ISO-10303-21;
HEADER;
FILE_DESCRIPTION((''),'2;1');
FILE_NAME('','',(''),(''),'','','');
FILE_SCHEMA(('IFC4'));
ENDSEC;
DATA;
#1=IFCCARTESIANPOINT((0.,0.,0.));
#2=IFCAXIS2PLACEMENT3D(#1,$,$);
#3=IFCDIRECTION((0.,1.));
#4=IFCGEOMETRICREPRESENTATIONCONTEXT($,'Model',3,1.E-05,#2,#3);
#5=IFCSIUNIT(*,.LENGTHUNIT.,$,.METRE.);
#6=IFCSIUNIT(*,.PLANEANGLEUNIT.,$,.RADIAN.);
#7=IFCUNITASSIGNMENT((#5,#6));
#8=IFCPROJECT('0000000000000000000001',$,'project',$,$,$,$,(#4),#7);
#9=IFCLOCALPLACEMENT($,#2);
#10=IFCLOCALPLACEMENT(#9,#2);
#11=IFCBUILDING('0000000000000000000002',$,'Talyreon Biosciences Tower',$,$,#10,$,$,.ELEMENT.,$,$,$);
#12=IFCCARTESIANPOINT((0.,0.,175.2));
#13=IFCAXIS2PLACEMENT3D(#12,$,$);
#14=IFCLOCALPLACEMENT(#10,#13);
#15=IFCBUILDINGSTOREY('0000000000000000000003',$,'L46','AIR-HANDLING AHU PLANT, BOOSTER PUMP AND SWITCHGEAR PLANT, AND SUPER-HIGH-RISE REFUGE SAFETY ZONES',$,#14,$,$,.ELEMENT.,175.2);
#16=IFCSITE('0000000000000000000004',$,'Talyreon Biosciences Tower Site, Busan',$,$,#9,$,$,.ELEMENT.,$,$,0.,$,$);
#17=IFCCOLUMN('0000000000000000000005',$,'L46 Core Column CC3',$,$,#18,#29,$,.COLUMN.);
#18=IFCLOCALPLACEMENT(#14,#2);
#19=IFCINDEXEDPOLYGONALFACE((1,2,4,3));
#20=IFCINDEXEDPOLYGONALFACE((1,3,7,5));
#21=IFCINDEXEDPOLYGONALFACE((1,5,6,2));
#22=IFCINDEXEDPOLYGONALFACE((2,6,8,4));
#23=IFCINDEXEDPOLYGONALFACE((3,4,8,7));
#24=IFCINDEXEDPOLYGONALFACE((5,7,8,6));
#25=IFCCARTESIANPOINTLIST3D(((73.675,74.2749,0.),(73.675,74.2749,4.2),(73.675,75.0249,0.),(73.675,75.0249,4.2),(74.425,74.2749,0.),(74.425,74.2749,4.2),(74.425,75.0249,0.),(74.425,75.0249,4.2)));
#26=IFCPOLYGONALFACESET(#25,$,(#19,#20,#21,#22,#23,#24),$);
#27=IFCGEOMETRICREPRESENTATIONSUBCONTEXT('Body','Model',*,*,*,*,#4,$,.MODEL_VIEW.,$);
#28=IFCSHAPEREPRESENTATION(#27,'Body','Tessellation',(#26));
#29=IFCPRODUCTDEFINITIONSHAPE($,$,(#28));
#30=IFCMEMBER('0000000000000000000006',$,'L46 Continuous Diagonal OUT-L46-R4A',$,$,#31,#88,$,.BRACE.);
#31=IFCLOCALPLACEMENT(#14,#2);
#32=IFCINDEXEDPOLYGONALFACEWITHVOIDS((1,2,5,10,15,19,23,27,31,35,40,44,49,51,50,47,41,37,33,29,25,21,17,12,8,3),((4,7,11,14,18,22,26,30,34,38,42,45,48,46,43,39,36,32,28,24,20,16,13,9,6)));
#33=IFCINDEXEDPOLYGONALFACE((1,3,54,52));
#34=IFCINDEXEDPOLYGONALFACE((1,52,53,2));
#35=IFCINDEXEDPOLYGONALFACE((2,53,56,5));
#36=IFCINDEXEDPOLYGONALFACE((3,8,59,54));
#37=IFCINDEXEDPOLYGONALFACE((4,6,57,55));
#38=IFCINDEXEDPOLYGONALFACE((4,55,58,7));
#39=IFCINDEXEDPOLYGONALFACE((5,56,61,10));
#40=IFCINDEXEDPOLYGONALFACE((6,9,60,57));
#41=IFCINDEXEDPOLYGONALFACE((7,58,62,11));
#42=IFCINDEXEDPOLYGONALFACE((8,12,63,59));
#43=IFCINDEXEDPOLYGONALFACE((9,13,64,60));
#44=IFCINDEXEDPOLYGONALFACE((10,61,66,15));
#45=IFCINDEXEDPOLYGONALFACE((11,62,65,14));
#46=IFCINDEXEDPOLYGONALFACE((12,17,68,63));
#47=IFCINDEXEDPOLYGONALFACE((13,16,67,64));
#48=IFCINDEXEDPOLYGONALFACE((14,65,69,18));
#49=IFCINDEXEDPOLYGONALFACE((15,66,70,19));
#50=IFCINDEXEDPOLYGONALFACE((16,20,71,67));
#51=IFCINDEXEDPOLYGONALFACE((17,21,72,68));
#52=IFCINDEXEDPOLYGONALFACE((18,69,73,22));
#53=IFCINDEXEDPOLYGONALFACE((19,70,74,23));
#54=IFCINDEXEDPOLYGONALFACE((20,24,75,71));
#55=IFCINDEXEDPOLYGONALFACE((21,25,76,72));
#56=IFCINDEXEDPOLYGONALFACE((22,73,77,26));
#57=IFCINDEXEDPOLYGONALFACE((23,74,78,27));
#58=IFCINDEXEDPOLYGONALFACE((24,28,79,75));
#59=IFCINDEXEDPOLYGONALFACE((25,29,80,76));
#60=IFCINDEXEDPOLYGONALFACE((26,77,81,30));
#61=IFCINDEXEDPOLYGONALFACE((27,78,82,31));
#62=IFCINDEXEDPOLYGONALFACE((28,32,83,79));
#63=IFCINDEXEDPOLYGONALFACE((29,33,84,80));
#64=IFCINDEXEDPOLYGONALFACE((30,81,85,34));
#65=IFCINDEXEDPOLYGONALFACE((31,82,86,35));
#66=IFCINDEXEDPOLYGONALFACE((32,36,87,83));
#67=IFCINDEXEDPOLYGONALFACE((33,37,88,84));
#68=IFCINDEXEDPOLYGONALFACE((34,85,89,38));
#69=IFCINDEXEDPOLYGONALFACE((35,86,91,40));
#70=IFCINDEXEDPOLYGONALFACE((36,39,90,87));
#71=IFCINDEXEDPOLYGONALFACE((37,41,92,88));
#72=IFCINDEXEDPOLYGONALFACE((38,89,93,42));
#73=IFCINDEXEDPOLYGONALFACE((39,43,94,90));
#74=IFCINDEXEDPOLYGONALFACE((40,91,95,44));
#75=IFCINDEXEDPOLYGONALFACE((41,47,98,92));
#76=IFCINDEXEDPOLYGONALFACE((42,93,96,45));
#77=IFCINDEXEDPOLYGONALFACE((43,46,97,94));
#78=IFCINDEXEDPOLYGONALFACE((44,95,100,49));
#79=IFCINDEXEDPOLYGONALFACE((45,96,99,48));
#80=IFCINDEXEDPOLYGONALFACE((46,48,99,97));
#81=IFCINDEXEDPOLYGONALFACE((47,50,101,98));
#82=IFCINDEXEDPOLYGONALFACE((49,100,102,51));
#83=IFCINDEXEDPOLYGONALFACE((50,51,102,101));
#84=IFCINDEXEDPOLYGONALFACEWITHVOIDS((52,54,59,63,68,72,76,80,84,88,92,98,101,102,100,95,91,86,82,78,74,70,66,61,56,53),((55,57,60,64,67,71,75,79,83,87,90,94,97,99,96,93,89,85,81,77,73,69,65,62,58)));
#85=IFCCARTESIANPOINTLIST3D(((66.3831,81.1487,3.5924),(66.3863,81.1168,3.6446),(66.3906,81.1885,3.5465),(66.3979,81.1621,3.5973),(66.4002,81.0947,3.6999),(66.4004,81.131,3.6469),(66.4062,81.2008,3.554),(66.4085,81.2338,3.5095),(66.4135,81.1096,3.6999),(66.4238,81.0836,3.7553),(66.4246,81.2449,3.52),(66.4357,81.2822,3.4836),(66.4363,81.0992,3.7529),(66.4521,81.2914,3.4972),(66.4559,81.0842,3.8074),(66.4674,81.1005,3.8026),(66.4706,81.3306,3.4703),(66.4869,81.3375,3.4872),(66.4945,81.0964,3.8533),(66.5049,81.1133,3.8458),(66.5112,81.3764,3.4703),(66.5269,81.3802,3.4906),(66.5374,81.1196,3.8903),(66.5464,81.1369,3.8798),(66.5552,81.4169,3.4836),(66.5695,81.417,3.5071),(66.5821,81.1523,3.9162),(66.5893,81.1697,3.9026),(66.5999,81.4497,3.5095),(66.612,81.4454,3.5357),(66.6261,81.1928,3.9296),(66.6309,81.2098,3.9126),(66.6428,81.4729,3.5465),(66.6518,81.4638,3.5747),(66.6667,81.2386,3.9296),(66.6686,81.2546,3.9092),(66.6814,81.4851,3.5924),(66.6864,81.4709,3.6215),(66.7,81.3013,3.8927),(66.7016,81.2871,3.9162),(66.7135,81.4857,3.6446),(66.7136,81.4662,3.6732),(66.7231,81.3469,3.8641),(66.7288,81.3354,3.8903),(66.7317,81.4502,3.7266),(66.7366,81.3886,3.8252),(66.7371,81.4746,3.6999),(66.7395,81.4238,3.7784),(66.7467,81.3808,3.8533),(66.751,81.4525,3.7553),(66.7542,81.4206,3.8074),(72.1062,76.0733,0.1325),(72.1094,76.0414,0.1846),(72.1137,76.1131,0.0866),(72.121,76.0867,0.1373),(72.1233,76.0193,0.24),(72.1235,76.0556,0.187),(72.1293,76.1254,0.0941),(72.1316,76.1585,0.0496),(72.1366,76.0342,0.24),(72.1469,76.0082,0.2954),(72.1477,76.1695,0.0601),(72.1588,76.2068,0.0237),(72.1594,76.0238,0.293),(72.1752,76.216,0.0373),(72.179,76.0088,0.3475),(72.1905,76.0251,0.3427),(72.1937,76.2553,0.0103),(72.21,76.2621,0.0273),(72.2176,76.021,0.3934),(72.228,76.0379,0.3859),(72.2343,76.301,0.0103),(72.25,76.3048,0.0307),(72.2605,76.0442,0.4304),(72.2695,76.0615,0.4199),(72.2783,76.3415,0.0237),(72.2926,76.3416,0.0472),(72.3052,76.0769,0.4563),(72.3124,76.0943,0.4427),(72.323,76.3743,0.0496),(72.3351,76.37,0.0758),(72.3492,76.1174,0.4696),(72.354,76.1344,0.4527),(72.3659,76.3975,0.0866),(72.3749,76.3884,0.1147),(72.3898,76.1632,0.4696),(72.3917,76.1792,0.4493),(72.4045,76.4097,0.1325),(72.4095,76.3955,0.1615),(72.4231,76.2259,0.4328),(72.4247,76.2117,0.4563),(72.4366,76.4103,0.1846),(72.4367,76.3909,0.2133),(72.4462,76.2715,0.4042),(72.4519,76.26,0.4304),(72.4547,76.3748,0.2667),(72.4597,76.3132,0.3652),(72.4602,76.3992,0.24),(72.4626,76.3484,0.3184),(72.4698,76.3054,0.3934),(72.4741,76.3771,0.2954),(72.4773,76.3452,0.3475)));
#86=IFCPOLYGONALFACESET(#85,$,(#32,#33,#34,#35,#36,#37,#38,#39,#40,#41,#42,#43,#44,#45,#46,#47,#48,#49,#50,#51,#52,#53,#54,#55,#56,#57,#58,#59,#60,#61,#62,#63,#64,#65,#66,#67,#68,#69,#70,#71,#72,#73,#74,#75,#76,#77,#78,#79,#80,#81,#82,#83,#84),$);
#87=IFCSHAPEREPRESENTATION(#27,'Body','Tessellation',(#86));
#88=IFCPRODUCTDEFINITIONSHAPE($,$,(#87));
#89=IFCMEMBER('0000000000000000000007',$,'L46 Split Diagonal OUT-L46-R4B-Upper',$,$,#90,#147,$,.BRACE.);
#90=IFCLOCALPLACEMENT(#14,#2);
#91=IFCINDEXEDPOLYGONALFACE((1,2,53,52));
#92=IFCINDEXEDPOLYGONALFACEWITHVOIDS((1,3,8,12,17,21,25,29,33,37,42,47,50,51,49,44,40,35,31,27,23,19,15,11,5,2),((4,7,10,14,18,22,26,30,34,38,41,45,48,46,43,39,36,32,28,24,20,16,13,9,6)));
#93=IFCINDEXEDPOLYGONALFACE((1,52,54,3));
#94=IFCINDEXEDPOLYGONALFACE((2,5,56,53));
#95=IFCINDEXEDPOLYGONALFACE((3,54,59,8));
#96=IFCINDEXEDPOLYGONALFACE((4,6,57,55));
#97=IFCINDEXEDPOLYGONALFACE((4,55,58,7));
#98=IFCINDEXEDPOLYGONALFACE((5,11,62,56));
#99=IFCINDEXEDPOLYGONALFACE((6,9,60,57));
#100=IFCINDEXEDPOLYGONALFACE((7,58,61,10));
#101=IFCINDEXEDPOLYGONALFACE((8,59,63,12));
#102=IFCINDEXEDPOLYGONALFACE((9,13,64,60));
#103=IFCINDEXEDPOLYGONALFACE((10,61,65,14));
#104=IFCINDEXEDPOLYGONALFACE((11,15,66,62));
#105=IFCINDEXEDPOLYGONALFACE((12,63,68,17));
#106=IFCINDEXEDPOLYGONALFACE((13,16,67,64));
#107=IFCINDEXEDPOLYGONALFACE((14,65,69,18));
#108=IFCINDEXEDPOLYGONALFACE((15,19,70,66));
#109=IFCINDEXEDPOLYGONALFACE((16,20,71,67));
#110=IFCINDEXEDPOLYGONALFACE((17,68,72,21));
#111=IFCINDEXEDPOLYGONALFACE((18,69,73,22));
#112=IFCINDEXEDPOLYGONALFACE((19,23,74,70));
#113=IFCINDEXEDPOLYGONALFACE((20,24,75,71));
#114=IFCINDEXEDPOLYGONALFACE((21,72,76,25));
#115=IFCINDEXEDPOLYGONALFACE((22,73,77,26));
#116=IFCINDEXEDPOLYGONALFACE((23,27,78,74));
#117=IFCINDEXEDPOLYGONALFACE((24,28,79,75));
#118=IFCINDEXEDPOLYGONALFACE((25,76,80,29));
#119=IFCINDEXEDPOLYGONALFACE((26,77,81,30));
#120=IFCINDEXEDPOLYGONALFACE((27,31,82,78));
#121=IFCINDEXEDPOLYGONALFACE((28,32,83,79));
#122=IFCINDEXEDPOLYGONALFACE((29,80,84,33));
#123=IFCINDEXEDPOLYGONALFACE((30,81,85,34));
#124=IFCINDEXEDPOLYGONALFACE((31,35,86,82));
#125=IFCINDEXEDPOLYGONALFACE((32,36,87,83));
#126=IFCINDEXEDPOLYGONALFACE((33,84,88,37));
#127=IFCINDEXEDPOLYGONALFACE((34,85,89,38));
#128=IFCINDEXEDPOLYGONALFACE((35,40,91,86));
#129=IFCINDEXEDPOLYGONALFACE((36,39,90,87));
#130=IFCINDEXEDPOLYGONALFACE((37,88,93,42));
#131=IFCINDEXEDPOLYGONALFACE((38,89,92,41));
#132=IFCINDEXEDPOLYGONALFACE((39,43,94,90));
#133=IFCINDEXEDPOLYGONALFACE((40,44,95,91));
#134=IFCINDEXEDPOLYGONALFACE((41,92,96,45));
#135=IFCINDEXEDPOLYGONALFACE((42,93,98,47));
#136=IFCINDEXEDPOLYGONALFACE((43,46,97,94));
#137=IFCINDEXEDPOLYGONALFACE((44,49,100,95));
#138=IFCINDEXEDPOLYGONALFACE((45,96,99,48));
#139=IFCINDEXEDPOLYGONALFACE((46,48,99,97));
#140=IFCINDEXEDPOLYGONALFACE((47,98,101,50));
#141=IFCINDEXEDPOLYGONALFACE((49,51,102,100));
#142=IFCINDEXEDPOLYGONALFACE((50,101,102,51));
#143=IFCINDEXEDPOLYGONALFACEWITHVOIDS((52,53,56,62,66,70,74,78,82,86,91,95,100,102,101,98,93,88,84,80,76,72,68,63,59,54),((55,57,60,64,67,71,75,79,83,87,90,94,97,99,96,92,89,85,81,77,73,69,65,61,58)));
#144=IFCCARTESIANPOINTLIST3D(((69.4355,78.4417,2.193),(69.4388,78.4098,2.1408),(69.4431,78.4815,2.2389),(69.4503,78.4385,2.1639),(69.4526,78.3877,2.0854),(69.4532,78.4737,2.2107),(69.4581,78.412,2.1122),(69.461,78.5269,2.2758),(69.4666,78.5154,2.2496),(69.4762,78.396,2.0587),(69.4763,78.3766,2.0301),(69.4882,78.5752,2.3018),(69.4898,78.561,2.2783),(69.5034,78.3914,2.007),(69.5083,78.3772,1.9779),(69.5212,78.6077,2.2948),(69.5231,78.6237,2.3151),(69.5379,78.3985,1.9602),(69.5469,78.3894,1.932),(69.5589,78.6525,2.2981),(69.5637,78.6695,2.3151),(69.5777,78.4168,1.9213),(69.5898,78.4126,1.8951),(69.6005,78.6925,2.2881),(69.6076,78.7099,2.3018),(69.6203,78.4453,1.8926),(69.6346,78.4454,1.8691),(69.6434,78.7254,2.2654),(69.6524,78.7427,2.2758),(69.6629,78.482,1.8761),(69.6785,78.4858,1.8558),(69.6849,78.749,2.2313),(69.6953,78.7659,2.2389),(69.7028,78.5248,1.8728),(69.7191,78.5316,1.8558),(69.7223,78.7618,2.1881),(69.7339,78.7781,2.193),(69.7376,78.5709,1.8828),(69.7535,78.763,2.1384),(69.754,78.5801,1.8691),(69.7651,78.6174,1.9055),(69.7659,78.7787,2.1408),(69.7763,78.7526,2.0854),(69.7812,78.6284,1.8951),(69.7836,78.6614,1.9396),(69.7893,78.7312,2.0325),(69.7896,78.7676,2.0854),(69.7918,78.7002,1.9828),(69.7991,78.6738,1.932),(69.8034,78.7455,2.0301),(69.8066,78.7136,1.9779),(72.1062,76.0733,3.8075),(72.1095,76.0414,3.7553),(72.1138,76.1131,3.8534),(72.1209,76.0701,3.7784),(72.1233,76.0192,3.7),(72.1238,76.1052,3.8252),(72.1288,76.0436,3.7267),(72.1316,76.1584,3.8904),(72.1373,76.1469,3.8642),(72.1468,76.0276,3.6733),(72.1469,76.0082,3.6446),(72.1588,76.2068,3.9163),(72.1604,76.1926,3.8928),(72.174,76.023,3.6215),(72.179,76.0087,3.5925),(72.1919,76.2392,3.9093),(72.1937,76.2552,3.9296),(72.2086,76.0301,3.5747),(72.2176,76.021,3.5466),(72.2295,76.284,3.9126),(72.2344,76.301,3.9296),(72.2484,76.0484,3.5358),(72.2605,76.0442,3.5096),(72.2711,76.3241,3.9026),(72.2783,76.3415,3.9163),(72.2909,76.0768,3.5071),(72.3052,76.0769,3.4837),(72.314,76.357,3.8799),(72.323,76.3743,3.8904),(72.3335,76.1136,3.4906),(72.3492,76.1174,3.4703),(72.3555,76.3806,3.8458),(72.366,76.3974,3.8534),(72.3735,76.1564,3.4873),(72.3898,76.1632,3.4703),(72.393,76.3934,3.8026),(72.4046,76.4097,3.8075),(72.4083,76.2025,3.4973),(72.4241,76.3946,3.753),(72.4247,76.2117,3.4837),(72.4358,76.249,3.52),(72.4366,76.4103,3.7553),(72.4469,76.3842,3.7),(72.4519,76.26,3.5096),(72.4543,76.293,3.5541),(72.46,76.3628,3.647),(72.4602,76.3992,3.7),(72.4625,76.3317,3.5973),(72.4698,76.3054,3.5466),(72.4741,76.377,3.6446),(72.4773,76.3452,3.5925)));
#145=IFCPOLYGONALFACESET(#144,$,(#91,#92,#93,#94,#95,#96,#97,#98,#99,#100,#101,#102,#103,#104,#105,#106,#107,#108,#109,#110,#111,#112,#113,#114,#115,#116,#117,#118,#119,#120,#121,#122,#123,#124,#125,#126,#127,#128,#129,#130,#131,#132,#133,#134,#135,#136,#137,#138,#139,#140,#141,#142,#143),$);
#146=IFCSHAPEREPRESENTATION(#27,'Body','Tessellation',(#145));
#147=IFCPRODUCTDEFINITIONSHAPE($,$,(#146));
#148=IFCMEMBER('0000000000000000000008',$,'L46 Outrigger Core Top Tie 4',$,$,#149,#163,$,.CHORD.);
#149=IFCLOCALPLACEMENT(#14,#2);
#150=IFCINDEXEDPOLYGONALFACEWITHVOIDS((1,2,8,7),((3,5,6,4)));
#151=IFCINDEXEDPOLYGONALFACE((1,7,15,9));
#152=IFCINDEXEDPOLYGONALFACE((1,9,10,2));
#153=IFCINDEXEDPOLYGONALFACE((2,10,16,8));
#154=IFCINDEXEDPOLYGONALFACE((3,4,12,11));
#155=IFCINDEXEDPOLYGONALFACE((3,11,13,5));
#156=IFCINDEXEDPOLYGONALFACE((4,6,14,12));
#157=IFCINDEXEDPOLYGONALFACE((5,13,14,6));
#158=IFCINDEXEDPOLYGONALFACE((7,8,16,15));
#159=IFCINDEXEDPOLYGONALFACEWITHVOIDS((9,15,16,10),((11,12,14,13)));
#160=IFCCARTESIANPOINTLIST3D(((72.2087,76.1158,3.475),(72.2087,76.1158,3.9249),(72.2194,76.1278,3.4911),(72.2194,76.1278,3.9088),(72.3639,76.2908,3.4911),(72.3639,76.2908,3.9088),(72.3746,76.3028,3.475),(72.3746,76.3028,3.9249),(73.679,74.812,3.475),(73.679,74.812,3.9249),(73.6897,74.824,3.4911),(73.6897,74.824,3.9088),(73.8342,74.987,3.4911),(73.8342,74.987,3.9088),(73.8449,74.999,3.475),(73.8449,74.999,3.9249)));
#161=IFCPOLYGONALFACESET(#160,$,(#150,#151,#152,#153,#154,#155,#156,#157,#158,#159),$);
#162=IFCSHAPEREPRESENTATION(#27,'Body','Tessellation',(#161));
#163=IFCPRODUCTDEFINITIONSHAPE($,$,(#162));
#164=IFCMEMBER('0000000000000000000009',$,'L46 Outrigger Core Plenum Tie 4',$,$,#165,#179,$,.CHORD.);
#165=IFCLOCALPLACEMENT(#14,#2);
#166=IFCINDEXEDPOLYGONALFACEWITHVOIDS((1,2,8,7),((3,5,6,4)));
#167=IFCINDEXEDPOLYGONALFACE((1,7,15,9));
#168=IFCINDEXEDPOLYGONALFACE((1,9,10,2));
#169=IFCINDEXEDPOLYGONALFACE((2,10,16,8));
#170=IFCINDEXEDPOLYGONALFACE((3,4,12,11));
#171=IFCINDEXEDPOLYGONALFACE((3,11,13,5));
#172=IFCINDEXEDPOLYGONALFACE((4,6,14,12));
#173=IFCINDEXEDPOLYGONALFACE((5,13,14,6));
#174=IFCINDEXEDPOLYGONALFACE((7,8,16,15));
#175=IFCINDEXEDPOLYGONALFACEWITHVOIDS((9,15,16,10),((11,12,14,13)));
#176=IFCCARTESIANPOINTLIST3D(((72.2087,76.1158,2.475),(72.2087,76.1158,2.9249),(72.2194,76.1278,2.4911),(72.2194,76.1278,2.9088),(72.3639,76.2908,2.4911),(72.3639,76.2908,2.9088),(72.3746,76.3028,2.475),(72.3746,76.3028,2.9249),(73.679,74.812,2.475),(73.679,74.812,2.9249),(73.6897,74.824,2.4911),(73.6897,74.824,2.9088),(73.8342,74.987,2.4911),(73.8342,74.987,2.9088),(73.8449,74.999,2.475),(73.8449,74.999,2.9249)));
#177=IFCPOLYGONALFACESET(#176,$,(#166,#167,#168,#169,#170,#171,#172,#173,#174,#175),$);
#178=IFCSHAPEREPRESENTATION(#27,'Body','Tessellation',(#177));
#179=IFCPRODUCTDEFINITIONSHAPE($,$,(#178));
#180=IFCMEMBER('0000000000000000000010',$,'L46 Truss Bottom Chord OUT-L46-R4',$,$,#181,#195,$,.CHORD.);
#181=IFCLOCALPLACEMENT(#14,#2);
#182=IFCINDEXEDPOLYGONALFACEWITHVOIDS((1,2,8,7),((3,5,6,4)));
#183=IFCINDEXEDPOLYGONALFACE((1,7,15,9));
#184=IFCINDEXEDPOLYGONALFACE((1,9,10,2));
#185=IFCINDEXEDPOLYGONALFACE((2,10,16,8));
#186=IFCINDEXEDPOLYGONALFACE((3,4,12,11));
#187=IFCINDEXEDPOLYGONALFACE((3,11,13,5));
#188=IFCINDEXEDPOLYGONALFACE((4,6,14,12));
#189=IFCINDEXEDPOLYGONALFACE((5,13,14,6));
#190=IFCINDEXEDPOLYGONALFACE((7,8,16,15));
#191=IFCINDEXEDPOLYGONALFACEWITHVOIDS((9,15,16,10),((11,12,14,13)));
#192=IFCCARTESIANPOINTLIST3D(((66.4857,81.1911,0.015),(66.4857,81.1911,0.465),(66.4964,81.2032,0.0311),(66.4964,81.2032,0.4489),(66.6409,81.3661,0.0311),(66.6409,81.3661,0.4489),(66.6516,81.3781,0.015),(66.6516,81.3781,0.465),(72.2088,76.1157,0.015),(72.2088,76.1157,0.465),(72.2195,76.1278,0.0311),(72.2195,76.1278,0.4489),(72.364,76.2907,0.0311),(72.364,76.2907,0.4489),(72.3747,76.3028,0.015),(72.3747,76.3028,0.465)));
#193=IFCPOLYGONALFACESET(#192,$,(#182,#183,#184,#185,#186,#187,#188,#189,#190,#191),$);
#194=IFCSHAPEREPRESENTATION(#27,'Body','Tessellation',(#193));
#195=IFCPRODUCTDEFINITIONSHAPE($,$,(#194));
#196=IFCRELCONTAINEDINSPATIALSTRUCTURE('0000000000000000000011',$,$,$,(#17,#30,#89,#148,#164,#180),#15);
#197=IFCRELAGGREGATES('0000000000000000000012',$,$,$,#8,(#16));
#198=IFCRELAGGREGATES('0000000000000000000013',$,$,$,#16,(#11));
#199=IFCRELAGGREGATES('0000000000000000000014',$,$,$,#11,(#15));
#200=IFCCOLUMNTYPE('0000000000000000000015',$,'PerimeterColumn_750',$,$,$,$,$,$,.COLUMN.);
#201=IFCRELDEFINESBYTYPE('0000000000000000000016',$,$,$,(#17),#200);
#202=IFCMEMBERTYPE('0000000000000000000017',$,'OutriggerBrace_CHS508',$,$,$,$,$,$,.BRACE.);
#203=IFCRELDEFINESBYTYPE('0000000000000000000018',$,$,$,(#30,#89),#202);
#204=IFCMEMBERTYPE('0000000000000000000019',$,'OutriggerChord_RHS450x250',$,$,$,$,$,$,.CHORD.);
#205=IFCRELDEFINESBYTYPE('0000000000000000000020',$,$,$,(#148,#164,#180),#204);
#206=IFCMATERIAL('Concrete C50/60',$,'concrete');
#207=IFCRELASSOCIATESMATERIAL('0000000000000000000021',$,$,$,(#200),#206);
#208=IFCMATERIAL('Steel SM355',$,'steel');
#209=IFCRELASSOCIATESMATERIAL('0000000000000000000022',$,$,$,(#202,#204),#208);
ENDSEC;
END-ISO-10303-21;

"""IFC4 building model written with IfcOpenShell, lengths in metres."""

from ifc_helpers import new_model, si_unit, direction, frame, origin, origin_2d, place, context, subcontext, project, spatial, rectangle, hollow_rectangle, hollow_circle, extrude, material, material_profile, profile_set, type_object, element, save


model = new_model("IFC4")

# Units and contexts
model_context = context("Model", 3, precision=1e-05, world=origin(), true_north=direction((0.0, 1.0)))
body_context = subcontext(model_context, "Body", "Model", "MODEL_VIEW")
ifc_project = project(units=[si_unit("LENGTHUNIT", "METRE"), si_unit("PLANEANGLEUNIT", "RADIAN")], contexts=[model_context])

# Site, building, storey
site_placement = place(None, origin())
site = spatial("IfcSite", under=ifc_project, at=site_placement, Name="Talyreon Biosciences Tower Site, Busan", CompositionType="ELEMENT", RefElevation=0.0)
building_placement = place(site_placement, origin())
building = spatial("IfcBuilding", under=site, at=building_placement, Name="Talyreon Biosciences Tower", CompositionType="ELEMENT")
storey_placement = place(building_placement, frame((0.0, 0.0, 175.2)))
storey = spatial("IfcBuildingStorey", under=building, at=storey_placement, Name="L46", Description="AIR-HANDLING AHU PLANT, BOOSTER PUMP AND SWITCHGEAR PLANT, AND SUPER-HIGH-RISE REFUGE SAFETY ZONES", CompositionType="ELEMENT", Elevation=175.2)

# Column
ifc_material_1 = material(Name="Concrete C50/60", Category="concrete")
ifc_material_profile_1 = material_profile(ifc_material_1, rectangle(XDim=0.75, YDim=0.75, at=origin_2d()), Name="RC 750x750")
ifc_profile_set_1 = profile_set([ifc_material_profile_1], Name="Concrete C50/60")
column_type = type_object("IfcColumnType", Name="PerimeterColumn_750", PredefinedType="COLUMN", material=ifc_profile_set_1)
column_placement = place(storey_placement, frame((74.05, 74.6499, 0.0), z_axis=(0.0, 0.0, 1.0), x_axis=(1.0, 0.0, 0.0)))
element("IfcColumn", 1, at=column_placement, inside=storey, type_object=column_type, Name="L46 Core Column CC3", PredefinedType="COLUMN", context=body_context, shape_type="SweptSolid", body=[
    extrude(rectangle(XDim=0.75, YDim=0.75, at=origin_2d()), origin(), (0.0, 0.0, 1.0), 4.2),
])

# Members
ifc_material_2 = material(Name="Steel SM355", Category="steel")
ifc_material_profile_2 = material_profile(ifc_material_2, hollow_circle(Radius=0.2539, WallThickness=0.02, at=origin_2d()), Name="CHS 508x20")
ifc_profile_set_2 = profile_set([ifc_material_profile_2], Name="Steel SM355")
member_type_1 = type_object("IfcMemberType", Name="OutriggerBrace_CHS508", PredefinedType="BRACE", material=ifc_profile_set_2)
member_1_placement = place(storey_placement, frame((72.2917, 76.2092, 0.24), z_axis=(-0.681685, 0.604537, 0.412117), x_axis=(-0.663502, -0.748175, 0.0)))
element("IfcMember", 2, at=member_1_placement, inside=storey, type_object=member_type_1, Name="L46 Continuous Diagonal OUT-L46-R4A", PredefinedType="BRACE", context=body_context, shape_type="SweptSolid", body=[
    extrude(hollow_circle(Radius=0.2539, WallThickness=0.02, at=origin_2d()), origin(), (0.0, 0.0, 1.0), 8.3955),
])
member_2_placement = place(storey_placement, frame((69.6211, 78.5776, 2.0854), z_axis=(0.681689, -0.604541, 0.412105), x_axis=(0.663502, 0.748175, 0.0)))
element("IfcMember", 3, at=member_2_placement, inside=storey, type_object=member_type_1, Name="L46 Split Diagonal OUT-L46-R4B-Upper", PredefinedType="BRACE", context=body_context, shape_type="SweptSolid", body=[
    extrude(hollow_circle(Radius=0.2539, WallThickness=0.02, at=origin_2d()), origin(), (0.0, 0.0, 1.0), 3.9177),
])
ifc_material_profile_3 = material_profile(ifc_material_2, hollow_rectangle(XDim=0.25, YDim=0.45, WallThickness=0.0161, at=origin_2d()), Name="RHS 450x250x16")
ifc_profile_set_3 = profile_set([ifc_material_profile_3], Name="Steel SM355")
member_type_2 = type_object("IfcMemberType", Name="OutriggerChord_RHS450x250", PredefinedType="CHORD", material=ifc_profile_set_3)
for number, where, z_axis, x_axis, name in (
    (4, (73.762, 74.9055, 3.7), (-0.748204, 0.663469, 0.0), (-0.663469, -0.748204, 0.0), "L46 Outrigger Core Top Tie 4"),
    (5, (73.762, 74.9055, 2.7), (-0.748204, 0.663469, 0.0), (-0.663469, -0.748204, 0.0), "L46 Outrigger Core Plenum Tie 4"),
):
    element("IfcMember", number, at=place(storey_placement, frame(where, z_axis=z_axis, x_axis=x_axis)), inside=storey, type_object=member_type_2, Name=name, PredefinedType="CHORD", context=body_context, shape_type="SweptSolid", body=[
        extrude(hollow_rectangle(XDim=0.25, YDim=0.45, WallThickness=0.0161, at=origin_2d()), origin(), (0.0, 0.0, 1.0), 1.9651),
    ])
for number, where, z_axis, x_axis, name in (
    (6, (72.2917, 76.2092, 0.24), (-0.748175, 0.663502, 0.0), (-0.663502, -0.748175, 0.0), "L46 Truss Bottom Chord OUT-L46-R4"),
):
    element("IfcMember", number, at=place(storey_placement, frame(where, z_axis=z_axis, x_axis=x_axis)), inside=storey, type_object=member_type_2, Name=name, PredefinedType="CHORD", context=body_context, shape_type="SweptSolid", body=[
        extrude(hollow_rectangle(XDim=0.25, YDim=0.45, WallThickness=0.0161, at=origin_2d()), origin(), (0.0, 0.0, 1.0), 7.6494),
    ])

save(model, "model.ifc")
